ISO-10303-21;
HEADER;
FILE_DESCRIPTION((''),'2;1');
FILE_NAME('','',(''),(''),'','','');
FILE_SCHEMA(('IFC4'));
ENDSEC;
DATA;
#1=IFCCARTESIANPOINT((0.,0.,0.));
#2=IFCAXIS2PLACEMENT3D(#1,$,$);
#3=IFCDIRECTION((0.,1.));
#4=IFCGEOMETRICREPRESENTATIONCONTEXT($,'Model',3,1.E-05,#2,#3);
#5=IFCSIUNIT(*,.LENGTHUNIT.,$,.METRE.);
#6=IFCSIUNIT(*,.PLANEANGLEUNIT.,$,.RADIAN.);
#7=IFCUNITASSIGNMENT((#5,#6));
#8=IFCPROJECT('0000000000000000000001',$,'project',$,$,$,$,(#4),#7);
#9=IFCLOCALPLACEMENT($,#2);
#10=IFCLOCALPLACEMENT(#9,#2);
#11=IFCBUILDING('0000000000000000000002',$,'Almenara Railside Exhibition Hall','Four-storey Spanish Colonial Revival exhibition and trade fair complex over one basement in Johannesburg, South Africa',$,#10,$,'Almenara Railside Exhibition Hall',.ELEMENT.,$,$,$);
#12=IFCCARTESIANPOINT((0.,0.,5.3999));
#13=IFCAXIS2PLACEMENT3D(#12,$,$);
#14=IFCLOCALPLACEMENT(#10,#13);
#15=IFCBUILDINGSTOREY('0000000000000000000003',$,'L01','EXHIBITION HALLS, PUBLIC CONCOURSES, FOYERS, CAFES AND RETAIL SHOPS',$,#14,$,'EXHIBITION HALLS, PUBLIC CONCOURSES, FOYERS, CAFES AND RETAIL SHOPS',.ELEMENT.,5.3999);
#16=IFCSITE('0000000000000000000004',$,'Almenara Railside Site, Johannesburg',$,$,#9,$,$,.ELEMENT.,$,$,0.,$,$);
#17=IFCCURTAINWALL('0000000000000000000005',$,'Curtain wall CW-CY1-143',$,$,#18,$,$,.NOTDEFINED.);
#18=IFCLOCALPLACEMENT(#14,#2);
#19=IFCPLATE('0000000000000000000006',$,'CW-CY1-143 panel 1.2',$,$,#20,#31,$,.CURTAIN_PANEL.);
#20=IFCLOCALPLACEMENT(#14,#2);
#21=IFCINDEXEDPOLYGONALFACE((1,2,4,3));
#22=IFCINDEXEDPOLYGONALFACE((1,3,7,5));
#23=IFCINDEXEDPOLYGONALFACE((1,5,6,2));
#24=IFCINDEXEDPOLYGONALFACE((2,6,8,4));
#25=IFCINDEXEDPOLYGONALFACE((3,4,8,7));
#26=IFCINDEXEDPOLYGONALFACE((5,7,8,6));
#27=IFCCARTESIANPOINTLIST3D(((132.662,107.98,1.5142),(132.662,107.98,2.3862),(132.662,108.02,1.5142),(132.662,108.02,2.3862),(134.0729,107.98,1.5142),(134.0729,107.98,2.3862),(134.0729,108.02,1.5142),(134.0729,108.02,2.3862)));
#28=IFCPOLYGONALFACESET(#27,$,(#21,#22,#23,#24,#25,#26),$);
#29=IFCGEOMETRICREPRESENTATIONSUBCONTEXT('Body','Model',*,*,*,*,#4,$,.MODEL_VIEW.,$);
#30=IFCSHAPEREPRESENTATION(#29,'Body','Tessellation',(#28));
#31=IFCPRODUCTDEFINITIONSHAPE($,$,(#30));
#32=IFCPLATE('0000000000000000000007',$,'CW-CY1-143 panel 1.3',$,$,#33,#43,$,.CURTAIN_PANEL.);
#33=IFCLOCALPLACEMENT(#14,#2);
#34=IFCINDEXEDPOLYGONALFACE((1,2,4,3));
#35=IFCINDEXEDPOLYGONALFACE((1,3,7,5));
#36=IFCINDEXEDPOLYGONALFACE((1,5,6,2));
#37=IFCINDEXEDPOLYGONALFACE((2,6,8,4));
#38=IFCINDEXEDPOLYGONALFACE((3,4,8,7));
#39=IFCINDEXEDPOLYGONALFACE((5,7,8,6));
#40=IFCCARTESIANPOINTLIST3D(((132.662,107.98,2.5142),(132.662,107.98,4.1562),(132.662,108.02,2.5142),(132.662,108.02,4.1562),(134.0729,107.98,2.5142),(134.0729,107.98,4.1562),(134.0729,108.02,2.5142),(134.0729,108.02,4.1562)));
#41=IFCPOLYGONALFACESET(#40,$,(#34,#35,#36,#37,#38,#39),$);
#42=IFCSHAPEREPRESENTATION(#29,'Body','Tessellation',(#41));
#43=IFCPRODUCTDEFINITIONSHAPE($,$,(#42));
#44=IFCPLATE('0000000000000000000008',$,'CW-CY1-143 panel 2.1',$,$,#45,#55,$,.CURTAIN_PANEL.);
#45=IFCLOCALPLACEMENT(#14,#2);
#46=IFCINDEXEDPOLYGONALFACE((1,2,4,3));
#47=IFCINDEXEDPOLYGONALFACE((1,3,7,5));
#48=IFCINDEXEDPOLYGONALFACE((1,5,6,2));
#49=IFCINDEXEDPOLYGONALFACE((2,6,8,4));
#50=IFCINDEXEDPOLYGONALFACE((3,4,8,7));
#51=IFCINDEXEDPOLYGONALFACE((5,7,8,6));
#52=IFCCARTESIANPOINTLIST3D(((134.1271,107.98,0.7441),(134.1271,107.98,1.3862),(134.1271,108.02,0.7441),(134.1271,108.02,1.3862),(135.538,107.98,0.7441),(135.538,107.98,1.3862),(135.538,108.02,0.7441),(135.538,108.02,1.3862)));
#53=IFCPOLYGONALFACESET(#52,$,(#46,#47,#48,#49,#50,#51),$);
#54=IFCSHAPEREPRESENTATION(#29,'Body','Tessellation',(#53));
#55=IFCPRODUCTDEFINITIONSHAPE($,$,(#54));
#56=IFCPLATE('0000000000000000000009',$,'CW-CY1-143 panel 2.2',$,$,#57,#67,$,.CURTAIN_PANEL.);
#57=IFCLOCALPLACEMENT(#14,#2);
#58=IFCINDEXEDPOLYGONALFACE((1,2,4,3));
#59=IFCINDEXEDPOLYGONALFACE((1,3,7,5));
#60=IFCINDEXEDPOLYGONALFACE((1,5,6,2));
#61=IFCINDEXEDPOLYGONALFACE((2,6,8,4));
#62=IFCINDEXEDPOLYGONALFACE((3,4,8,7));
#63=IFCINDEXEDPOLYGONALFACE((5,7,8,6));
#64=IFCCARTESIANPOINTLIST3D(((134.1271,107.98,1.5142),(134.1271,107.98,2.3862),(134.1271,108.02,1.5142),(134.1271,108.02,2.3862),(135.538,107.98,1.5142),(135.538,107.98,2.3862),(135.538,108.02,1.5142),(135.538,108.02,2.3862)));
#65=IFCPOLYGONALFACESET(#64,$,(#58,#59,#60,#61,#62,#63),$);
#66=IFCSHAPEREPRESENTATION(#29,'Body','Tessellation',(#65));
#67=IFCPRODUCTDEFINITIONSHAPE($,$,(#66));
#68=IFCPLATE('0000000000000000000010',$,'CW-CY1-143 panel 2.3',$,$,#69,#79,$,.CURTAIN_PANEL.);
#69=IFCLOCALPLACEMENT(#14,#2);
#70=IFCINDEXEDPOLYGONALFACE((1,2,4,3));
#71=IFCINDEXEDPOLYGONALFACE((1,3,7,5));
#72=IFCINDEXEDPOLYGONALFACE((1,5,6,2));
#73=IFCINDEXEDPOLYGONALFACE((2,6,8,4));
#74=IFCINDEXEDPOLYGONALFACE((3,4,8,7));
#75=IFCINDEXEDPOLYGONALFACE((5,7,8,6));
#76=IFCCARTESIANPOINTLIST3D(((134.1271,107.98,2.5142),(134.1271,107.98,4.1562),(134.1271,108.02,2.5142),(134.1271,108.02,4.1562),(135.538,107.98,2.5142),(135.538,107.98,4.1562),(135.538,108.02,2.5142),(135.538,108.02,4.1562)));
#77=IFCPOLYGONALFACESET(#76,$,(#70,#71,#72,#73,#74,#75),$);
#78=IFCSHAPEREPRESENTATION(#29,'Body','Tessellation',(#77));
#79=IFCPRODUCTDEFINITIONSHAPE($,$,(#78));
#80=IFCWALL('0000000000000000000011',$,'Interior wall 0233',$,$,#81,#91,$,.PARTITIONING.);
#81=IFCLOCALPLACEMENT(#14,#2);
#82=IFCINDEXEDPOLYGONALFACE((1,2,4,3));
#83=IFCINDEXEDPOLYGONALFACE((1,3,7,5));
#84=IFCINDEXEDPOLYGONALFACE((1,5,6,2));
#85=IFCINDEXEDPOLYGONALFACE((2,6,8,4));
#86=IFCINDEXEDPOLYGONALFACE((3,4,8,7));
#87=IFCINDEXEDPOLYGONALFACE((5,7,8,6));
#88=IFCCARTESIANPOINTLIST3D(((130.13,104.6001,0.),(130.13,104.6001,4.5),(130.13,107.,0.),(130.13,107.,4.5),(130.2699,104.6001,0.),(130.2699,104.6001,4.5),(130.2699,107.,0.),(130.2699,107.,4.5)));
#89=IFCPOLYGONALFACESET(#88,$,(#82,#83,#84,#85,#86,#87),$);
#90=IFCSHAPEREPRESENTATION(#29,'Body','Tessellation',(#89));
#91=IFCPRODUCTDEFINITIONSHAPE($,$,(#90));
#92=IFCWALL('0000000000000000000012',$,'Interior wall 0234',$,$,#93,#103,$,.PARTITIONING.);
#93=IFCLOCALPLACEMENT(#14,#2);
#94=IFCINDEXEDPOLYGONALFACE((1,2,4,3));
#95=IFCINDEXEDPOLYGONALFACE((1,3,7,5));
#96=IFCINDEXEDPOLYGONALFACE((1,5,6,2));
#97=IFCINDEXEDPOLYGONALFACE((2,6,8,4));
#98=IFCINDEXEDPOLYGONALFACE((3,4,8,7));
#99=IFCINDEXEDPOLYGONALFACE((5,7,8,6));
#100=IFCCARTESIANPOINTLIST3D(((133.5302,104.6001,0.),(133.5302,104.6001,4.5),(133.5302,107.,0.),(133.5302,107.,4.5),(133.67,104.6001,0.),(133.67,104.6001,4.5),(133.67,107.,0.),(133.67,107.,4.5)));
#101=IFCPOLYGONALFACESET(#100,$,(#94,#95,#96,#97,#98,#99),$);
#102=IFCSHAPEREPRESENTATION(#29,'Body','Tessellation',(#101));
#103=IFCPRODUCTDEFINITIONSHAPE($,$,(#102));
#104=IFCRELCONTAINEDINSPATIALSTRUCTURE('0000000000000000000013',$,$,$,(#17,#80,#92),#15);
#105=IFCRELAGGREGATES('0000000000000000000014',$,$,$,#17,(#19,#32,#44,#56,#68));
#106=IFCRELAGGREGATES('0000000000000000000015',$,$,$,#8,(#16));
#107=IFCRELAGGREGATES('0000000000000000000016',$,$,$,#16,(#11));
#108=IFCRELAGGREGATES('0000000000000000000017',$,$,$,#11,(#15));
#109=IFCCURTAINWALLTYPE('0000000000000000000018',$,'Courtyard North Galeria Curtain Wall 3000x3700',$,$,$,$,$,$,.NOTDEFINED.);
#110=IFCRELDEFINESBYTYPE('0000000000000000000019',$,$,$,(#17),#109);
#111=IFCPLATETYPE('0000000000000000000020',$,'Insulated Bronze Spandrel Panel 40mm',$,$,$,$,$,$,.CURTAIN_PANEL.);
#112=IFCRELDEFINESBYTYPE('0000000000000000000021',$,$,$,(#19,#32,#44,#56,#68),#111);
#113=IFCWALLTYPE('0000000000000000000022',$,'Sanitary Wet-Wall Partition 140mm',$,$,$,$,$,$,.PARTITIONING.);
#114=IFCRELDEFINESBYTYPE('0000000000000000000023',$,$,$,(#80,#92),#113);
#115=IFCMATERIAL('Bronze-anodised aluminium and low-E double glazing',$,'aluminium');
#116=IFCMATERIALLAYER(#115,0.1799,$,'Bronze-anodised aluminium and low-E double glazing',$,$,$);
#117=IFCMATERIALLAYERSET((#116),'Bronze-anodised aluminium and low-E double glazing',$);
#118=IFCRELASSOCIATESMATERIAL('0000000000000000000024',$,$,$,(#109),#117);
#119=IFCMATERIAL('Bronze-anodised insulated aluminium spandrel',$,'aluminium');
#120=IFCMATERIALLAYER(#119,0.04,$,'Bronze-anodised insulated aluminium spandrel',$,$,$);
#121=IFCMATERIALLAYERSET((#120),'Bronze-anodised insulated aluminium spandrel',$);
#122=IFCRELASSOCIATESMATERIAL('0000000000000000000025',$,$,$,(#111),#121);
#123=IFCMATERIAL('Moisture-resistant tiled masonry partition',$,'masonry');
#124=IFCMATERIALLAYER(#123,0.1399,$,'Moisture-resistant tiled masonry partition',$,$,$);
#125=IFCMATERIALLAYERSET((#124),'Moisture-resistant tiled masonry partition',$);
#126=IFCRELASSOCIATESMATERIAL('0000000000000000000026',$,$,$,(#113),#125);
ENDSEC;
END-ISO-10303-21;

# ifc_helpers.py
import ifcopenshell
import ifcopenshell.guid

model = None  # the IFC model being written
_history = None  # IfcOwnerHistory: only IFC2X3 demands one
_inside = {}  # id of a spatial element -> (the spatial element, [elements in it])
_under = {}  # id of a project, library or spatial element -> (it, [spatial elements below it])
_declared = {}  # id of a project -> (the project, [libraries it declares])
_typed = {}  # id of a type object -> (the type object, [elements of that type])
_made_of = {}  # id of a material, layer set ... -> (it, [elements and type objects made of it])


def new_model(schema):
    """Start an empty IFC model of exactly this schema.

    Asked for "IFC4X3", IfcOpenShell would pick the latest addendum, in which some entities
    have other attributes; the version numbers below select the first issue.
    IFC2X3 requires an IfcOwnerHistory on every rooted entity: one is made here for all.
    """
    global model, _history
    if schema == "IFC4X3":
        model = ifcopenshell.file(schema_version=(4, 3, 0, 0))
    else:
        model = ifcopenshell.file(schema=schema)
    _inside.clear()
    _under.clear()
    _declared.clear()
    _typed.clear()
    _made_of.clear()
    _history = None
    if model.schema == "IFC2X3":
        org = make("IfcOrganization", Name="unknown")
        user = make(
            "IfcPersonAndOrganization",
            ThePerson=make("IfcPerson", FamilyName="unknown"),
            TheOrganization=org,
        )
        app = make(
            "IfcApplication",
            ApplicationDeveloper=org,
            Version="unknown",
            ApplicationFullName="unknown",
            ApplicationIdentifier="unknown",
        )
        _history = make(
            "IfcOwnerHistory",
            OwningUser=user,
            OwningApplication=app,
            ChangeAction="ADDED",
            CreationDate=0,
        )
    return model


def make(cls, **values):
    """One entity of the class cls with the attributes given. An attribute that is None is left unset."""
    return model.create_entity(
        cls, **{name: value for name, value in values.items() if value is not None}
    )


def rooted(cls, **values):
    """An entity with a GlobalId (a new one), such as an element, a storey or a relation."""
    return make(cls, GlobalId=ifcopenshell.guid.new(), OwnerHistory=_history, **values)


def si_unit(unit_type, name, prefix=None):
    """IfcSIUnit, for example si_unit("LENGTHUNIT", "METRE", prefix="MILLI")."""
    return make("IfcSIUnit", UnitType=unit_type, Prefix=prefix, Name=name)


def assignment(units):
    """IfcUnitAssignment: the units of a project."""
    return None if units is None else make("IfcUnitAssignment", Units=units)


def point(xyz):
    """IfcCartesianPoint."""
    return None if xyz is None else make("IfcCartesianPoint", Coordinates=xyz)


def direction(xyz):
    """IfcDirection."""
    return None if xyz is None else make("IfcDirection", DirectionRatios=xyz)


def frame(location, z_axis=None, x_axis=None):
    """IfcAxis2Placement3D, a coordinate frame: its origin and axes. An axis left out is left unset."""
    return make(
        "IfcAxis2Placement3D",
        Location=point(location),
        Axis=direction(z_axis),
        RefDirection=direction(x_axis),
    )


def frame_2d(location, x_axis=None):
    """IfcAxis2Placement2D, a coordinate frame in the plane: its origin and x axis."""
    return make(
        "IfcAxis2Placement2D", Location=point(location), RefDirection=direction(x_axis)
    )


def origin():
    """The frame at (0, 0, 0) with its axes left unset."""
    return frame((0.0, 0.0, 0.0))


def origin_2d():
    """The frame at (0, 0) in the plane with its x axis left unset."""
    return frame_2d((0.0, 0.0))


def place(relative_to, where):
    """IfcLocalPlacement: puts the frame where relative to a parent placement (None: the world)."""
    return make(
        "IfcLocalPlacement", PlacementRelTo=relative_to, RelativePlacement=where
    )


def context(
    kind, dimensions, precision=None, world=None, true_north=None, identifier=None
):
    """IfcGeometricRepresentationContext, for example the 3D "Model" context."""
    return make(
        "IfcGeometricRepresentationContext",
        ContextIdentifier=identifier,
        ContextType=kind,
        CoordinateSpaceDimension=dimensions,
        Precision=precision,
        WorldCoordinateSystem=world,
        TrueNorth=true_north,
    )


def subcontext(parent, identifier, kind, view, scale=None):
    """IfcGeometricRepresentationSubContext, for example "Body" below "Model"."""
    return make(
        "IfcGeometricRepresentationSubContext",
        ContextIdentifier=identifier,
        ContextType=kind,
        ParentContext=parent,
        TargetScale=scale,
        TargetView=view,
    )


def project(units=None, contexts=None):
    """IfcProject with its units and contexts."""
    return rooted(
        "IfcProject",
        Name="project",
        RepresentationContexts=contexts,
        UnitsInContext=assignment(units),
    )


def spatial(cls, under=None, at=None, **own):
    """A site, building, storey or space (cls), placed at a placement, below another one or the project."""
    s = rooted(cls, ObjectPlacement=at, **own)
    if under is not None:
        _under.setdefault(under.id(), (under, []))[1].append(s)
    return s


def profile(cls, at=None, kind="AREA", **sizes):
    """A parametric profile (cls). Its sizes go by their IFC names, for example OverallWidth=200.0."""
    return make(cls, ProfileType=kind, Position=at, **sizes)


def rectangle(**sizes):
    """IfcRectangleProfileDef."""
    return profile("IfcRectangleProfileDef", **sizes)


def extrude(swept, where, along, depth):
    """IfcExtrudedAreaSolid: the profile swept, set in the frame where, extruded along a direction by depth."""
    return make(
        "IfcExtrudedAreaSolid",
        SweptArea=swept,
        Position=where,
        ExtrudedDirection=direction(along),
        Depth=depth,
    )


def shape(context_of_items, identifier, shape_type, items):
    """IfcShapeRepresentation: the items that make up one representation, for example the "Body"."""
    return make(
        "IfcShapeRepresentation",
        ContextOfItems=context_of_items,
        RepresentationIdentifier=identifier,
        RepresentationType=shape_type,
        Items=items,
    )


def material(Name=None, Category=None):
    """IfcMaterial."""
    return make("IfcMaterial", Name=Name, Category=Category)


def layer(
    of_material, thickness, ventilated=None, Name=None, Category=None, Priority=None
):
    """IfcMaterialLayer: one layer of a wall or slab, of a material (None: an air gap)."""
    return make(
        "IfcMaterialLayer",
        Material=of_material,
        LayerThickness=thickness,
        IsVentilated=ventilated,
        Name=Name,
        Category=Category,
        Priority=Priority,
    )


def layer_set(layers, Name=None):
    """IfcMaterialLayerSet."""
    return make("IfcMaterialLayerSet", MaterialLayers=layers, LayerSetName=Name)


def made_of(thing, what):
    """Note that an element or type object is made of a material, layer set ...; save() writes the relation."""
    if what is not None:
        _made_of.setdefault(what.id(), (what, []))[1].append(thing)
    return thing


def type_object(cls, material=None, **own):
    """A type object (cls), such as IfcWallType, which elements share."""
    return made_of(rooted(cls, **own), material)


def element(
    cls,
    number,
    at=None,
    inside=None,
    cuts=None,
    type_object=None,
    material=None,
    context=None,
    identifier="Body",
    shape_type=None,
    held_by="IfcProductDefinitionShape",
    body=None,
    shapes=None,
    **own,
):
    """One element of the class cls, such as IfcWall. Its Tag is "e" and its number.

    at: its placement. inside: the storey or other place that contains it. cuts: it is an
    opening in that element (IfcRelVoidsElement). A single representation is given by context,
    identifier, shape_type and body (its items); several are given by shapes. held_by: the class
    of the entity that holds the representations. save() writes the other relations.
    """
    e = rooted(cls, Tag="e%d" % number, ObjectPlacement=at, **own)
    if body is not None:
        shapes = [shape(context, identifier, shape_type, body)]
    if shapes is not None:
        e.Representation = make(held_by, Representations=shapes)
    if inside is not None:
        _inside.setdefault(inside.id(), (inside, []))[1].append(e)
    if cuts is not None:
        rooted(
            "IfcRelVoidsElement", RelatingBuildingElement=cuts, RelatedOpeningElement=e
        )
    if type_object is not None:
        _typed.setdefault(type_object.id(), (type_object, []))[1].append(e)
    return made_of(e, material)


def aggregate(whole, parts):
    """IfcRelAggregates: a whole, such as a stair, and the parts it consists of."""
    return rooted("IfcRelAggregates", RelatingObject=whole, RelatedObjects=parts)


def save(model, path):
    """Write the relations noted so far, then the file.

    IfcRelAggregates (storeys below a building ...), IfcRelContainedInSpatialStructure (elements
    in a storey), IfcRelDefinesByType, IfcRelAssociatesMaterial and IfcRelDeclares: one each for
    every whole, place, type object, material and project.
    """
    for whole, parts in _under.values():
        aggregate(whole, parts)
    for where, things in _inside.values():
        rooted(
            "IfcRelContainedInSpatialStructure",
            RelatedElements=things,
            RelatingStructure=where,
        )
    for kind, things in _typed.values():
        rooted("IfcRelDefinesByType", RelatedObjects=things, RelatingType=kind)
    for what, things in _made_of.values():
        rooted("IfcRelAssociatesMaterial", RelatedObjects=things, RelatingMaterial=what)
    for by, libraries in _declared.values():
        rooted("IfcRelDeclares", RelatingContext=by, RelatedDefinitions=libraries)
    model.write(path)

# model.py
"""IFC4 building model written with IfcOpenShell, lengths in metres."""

from ifc_helpers import new_model, si_unit, direction, frame, frame_2d, origin, origin_2d, place, context, subcontext, project, spatial, rectangle, extrude, material, layer, layer_set, type_object, element, aggregate, save


model = new_model("IFC4")

# Units and contexts
model_context = context("Model", 3, precision=1e-05, world=origin(), true_north=direction((0.0, 1.0)))
body_context = subcontext(model_context, "Body", "Model", "MODEL_VIEW")
ifc_project = project(units=[si_unit("LENGTHUNIT", "METRE"), si_unit("PLANEANGLEUNIT", "RADIAN")], contexts=[model_context])

# Site, building, storey
site_placement = place(None, origin())
site = spatial("IfcSite", under=ifc_project, at=site_placement, Name="Almenara Railside Site, Johannesburg", CompositionType="ELEMENT", RefElevation=0.0)
building_placement = place(site_placement, origin())
building = spatial("IfcBuilding", under=site, at=building_placement, Name="Almenara Railside Exhibition Hall", Description="Four-storey Spanish Colonial Revival exhibition and trade fair complex over one basement in Johannesburg, South Africa", LongName="Almenara Railside Exhibition Hall", CompositionType="ELEMENT")
storey_placement = place(building_placement, frame((0.0, 0.0, 5.3999)))
storey = spatial("IfcBuildingStorey", under=building, at=storey_placement, Name="L01", Description="EXHIBITION HALLS, PUBLIC CONCOURSES, FOYERS, CAFES AND RETAIL SHOPS", LongName="EXHIBITION HALLS, PUBLIC CONCOURSES, FOYERS, CAFES AND RETAIL SHOPS", CompositionType="ELEMENT", Elevation=5.3999)

# Shared definitions
ifc_material_1 = material(Name="Bronze-anodised aluminium and low-E double glazing", Category="aluminium")
ifc_layer_1 = layer(ifc_material_1, 0.1799, Name="Bronze-anodised aluminium and low-E double glazing")
ifc_layer_set_1 = layer_set([ifc_layer_1], Name="Bronze-anodised aluminium and low-E double glazing")
curtain_wall_type = type_object("IfcCurtainWallType", Name="Courtyard North Galeria Curtain Wall 3000x3700", PredefinedType="NOTDEFINED", material=ifc_layer_set_1)

# Curtain wall
curtain_wall_1_placement = place(storey_placement, origin())
curtain_wall_1 = element("IfcCurtainWall", 1, at=curtain_wall_1_placement, inside=storey, type_object=curtain_wall_type, Name="Curtain wall CW-CY1-143", PredefinedType="NOTDEFINED")

# Plates
ifc_material_2 = material(Name="Bronze-anodised insulated aluminium spandrel", Category="aluminium")
ifc_layer_2 = layer(ifc_material_2, 0.04, Name="Bronze-anodised insulated aluminium spandrel")
ifc_layer_set_2 = layer_set([ifc_layer_2], Name="Bronze-anodised insulated aluminium spandrel")
plate_type_1 = type_object("IfcPlateType", Name="Insulated Bronze Spandrel Panel 40mm", PredefinedType="CURTAIN_PANEL", material=ifc_layer_set_2)
plate_1_placement = place(storey_placement, frame((133.3674, 108.0, 1.5142), z_axis=(0.0, 0.0, 1.0), x_axis=(1.0, 0.0, 0.0)))
plate_1 = element("IfcPlate", 2, at=plate_1_placement, type_object=plate_type_1, Name="CW-CY1-143 panel 1.2", PredefinedType="CURTAIN_PANEL", context=body_context, shape_type="SweptSolid", body=[
    extrude(rectangle(XDim=1.4109, YDim=0.04, at=origin_2d()), origin(), (0.0, 0.0, 1.0), 0.8721),
])
plate_2_placement = place(storey_placement, frame((133.3674, 108.0, 2.5142), z_axis=(0.0, 0.0, 1.0), x_axis=(1.0, 0.0, 0.0)))
plate_2 = element("IfcPlate", 3, at=plate_2_placement, type_object=plate_type_1, Name="CW-CY1-143 panel 1.3", PredefinedType="CURTAIN_PANEL", context=body_context, shape_type="SweptSolid", body=[
    extrude(rectangle(XDim=1.4109, YDim=0.04, at=origin_2d()), origin(), (0.0, 0.0, 1.0), 1.6421),
])
plate_3_placement = place(storey_placement, frame((134.8325, 108.0, 0.7441), z_axis=(0.0, 0.0, 1.0), x_axis=(1.0, 0.0, 0.0)))
plate_3 = element("IfcPlate", 4, at=plate_3_placement, type_object=plate_type_1, Name="CW-CY1-143 panel 2.1", PredefinedType="CURTAIN_PANEL", context=body_context, shape_type="SweptSolid", body=[
    extrude(rectangle(XDim=1.4109, YDim=0.04, at=origin_2d()), origin(), (0.0, 0.0, 1.0), 0.6421),
])
plate_4_placement = place(storey_placement, frame((134.8325, 108.0, 1.5142), z_axis=(0.0, 0.0, 1.0), x_axis=(1.0, 0.0, 0.0)))
plate_4 = element("IfcPlate", 5, at=plate_4_placement, type_object=plate_type_1, Name="CW-CY1-143 panel 2.2", PredefinedType="CURTAIN_PANEL", context=body_context, shape_type="SweptSolid", body=[
    extrude(rectangle(XDim=1.4109, YDim=0.04, at=origin_2d()), origin(), (0.0, 0.0, 1.0), 0.8721),
])
plate_5_placement = place(storey_placement, frame((134.8325, 108.0, 2.5142), z_axis=(0.0, 0.0, 1.0), x_axis=(1.0, 0.0, 0.0)))
plate_5 = element("IfcPlate", 6, at=plate_5_placement, type_object=plate_type_1, Name="CW-CY1-143 panel 2.3", PredefinedType="CURTAIN_PANEL", context=body_context, shape_type="SweptSolid", body=[
    extrude(rectangle(XDim=1.4109, YDim=0.04, at=origin_2d()), origin(), (0.0, 0.0, 1.0), 1.6421),
])
aggregate(curtain_wall_1, [plate_1, plate_2, plate_3, plate_4, plate_5])

# Walls
ifc_material_3 = material(Name="Moisture-resistant tiled masonry partition", Category="masonry")
ifc_layer_3 = layer(ifc_material_3, 0.1399, Name="Moisture-resistant tiled masonry partition")
ifc_layer_set_3 = layer_set([ifc_layer_3], Name="Moisture-resistant tiled masonry partition")
wall_type = type_object("IfcWallType", Name="Sanitary Wet-Wall Partition 140mm", PredefinedType="PARTITIONING", material=ifc_layer_set_3)
for number, where, z_axis, x_axis, name in (
    (7, (130.2, 104.6001, 0.0), (0.0, 0.0, 1.0), (0.0, 1.0, 0.0), "Interior wall 0233"),
    (8, (133.6001, 104.6001, 0.0), (0.0, 0.0, 1.0), (0.0, 1.0, 0.0), "Interior wall 0234"),
):
    element("IfcWall", number, at=place(storey_placement, frame(where, z_axis=z_axis, x_axis=x_axis)), inside=storey, type_object=wall_type, Name=name, PredefinedType="PARTITIONING", context=body_context, shape_type="SweptSolid", body=[
        extrude(rectangle(XDim=2.3999, YDim=0.1399, at=frame_2d((1.2, 0.0))), origin(), (0.0, 0.0, 1.0), 4.5),
    ])

save(model, "model.ifc")
